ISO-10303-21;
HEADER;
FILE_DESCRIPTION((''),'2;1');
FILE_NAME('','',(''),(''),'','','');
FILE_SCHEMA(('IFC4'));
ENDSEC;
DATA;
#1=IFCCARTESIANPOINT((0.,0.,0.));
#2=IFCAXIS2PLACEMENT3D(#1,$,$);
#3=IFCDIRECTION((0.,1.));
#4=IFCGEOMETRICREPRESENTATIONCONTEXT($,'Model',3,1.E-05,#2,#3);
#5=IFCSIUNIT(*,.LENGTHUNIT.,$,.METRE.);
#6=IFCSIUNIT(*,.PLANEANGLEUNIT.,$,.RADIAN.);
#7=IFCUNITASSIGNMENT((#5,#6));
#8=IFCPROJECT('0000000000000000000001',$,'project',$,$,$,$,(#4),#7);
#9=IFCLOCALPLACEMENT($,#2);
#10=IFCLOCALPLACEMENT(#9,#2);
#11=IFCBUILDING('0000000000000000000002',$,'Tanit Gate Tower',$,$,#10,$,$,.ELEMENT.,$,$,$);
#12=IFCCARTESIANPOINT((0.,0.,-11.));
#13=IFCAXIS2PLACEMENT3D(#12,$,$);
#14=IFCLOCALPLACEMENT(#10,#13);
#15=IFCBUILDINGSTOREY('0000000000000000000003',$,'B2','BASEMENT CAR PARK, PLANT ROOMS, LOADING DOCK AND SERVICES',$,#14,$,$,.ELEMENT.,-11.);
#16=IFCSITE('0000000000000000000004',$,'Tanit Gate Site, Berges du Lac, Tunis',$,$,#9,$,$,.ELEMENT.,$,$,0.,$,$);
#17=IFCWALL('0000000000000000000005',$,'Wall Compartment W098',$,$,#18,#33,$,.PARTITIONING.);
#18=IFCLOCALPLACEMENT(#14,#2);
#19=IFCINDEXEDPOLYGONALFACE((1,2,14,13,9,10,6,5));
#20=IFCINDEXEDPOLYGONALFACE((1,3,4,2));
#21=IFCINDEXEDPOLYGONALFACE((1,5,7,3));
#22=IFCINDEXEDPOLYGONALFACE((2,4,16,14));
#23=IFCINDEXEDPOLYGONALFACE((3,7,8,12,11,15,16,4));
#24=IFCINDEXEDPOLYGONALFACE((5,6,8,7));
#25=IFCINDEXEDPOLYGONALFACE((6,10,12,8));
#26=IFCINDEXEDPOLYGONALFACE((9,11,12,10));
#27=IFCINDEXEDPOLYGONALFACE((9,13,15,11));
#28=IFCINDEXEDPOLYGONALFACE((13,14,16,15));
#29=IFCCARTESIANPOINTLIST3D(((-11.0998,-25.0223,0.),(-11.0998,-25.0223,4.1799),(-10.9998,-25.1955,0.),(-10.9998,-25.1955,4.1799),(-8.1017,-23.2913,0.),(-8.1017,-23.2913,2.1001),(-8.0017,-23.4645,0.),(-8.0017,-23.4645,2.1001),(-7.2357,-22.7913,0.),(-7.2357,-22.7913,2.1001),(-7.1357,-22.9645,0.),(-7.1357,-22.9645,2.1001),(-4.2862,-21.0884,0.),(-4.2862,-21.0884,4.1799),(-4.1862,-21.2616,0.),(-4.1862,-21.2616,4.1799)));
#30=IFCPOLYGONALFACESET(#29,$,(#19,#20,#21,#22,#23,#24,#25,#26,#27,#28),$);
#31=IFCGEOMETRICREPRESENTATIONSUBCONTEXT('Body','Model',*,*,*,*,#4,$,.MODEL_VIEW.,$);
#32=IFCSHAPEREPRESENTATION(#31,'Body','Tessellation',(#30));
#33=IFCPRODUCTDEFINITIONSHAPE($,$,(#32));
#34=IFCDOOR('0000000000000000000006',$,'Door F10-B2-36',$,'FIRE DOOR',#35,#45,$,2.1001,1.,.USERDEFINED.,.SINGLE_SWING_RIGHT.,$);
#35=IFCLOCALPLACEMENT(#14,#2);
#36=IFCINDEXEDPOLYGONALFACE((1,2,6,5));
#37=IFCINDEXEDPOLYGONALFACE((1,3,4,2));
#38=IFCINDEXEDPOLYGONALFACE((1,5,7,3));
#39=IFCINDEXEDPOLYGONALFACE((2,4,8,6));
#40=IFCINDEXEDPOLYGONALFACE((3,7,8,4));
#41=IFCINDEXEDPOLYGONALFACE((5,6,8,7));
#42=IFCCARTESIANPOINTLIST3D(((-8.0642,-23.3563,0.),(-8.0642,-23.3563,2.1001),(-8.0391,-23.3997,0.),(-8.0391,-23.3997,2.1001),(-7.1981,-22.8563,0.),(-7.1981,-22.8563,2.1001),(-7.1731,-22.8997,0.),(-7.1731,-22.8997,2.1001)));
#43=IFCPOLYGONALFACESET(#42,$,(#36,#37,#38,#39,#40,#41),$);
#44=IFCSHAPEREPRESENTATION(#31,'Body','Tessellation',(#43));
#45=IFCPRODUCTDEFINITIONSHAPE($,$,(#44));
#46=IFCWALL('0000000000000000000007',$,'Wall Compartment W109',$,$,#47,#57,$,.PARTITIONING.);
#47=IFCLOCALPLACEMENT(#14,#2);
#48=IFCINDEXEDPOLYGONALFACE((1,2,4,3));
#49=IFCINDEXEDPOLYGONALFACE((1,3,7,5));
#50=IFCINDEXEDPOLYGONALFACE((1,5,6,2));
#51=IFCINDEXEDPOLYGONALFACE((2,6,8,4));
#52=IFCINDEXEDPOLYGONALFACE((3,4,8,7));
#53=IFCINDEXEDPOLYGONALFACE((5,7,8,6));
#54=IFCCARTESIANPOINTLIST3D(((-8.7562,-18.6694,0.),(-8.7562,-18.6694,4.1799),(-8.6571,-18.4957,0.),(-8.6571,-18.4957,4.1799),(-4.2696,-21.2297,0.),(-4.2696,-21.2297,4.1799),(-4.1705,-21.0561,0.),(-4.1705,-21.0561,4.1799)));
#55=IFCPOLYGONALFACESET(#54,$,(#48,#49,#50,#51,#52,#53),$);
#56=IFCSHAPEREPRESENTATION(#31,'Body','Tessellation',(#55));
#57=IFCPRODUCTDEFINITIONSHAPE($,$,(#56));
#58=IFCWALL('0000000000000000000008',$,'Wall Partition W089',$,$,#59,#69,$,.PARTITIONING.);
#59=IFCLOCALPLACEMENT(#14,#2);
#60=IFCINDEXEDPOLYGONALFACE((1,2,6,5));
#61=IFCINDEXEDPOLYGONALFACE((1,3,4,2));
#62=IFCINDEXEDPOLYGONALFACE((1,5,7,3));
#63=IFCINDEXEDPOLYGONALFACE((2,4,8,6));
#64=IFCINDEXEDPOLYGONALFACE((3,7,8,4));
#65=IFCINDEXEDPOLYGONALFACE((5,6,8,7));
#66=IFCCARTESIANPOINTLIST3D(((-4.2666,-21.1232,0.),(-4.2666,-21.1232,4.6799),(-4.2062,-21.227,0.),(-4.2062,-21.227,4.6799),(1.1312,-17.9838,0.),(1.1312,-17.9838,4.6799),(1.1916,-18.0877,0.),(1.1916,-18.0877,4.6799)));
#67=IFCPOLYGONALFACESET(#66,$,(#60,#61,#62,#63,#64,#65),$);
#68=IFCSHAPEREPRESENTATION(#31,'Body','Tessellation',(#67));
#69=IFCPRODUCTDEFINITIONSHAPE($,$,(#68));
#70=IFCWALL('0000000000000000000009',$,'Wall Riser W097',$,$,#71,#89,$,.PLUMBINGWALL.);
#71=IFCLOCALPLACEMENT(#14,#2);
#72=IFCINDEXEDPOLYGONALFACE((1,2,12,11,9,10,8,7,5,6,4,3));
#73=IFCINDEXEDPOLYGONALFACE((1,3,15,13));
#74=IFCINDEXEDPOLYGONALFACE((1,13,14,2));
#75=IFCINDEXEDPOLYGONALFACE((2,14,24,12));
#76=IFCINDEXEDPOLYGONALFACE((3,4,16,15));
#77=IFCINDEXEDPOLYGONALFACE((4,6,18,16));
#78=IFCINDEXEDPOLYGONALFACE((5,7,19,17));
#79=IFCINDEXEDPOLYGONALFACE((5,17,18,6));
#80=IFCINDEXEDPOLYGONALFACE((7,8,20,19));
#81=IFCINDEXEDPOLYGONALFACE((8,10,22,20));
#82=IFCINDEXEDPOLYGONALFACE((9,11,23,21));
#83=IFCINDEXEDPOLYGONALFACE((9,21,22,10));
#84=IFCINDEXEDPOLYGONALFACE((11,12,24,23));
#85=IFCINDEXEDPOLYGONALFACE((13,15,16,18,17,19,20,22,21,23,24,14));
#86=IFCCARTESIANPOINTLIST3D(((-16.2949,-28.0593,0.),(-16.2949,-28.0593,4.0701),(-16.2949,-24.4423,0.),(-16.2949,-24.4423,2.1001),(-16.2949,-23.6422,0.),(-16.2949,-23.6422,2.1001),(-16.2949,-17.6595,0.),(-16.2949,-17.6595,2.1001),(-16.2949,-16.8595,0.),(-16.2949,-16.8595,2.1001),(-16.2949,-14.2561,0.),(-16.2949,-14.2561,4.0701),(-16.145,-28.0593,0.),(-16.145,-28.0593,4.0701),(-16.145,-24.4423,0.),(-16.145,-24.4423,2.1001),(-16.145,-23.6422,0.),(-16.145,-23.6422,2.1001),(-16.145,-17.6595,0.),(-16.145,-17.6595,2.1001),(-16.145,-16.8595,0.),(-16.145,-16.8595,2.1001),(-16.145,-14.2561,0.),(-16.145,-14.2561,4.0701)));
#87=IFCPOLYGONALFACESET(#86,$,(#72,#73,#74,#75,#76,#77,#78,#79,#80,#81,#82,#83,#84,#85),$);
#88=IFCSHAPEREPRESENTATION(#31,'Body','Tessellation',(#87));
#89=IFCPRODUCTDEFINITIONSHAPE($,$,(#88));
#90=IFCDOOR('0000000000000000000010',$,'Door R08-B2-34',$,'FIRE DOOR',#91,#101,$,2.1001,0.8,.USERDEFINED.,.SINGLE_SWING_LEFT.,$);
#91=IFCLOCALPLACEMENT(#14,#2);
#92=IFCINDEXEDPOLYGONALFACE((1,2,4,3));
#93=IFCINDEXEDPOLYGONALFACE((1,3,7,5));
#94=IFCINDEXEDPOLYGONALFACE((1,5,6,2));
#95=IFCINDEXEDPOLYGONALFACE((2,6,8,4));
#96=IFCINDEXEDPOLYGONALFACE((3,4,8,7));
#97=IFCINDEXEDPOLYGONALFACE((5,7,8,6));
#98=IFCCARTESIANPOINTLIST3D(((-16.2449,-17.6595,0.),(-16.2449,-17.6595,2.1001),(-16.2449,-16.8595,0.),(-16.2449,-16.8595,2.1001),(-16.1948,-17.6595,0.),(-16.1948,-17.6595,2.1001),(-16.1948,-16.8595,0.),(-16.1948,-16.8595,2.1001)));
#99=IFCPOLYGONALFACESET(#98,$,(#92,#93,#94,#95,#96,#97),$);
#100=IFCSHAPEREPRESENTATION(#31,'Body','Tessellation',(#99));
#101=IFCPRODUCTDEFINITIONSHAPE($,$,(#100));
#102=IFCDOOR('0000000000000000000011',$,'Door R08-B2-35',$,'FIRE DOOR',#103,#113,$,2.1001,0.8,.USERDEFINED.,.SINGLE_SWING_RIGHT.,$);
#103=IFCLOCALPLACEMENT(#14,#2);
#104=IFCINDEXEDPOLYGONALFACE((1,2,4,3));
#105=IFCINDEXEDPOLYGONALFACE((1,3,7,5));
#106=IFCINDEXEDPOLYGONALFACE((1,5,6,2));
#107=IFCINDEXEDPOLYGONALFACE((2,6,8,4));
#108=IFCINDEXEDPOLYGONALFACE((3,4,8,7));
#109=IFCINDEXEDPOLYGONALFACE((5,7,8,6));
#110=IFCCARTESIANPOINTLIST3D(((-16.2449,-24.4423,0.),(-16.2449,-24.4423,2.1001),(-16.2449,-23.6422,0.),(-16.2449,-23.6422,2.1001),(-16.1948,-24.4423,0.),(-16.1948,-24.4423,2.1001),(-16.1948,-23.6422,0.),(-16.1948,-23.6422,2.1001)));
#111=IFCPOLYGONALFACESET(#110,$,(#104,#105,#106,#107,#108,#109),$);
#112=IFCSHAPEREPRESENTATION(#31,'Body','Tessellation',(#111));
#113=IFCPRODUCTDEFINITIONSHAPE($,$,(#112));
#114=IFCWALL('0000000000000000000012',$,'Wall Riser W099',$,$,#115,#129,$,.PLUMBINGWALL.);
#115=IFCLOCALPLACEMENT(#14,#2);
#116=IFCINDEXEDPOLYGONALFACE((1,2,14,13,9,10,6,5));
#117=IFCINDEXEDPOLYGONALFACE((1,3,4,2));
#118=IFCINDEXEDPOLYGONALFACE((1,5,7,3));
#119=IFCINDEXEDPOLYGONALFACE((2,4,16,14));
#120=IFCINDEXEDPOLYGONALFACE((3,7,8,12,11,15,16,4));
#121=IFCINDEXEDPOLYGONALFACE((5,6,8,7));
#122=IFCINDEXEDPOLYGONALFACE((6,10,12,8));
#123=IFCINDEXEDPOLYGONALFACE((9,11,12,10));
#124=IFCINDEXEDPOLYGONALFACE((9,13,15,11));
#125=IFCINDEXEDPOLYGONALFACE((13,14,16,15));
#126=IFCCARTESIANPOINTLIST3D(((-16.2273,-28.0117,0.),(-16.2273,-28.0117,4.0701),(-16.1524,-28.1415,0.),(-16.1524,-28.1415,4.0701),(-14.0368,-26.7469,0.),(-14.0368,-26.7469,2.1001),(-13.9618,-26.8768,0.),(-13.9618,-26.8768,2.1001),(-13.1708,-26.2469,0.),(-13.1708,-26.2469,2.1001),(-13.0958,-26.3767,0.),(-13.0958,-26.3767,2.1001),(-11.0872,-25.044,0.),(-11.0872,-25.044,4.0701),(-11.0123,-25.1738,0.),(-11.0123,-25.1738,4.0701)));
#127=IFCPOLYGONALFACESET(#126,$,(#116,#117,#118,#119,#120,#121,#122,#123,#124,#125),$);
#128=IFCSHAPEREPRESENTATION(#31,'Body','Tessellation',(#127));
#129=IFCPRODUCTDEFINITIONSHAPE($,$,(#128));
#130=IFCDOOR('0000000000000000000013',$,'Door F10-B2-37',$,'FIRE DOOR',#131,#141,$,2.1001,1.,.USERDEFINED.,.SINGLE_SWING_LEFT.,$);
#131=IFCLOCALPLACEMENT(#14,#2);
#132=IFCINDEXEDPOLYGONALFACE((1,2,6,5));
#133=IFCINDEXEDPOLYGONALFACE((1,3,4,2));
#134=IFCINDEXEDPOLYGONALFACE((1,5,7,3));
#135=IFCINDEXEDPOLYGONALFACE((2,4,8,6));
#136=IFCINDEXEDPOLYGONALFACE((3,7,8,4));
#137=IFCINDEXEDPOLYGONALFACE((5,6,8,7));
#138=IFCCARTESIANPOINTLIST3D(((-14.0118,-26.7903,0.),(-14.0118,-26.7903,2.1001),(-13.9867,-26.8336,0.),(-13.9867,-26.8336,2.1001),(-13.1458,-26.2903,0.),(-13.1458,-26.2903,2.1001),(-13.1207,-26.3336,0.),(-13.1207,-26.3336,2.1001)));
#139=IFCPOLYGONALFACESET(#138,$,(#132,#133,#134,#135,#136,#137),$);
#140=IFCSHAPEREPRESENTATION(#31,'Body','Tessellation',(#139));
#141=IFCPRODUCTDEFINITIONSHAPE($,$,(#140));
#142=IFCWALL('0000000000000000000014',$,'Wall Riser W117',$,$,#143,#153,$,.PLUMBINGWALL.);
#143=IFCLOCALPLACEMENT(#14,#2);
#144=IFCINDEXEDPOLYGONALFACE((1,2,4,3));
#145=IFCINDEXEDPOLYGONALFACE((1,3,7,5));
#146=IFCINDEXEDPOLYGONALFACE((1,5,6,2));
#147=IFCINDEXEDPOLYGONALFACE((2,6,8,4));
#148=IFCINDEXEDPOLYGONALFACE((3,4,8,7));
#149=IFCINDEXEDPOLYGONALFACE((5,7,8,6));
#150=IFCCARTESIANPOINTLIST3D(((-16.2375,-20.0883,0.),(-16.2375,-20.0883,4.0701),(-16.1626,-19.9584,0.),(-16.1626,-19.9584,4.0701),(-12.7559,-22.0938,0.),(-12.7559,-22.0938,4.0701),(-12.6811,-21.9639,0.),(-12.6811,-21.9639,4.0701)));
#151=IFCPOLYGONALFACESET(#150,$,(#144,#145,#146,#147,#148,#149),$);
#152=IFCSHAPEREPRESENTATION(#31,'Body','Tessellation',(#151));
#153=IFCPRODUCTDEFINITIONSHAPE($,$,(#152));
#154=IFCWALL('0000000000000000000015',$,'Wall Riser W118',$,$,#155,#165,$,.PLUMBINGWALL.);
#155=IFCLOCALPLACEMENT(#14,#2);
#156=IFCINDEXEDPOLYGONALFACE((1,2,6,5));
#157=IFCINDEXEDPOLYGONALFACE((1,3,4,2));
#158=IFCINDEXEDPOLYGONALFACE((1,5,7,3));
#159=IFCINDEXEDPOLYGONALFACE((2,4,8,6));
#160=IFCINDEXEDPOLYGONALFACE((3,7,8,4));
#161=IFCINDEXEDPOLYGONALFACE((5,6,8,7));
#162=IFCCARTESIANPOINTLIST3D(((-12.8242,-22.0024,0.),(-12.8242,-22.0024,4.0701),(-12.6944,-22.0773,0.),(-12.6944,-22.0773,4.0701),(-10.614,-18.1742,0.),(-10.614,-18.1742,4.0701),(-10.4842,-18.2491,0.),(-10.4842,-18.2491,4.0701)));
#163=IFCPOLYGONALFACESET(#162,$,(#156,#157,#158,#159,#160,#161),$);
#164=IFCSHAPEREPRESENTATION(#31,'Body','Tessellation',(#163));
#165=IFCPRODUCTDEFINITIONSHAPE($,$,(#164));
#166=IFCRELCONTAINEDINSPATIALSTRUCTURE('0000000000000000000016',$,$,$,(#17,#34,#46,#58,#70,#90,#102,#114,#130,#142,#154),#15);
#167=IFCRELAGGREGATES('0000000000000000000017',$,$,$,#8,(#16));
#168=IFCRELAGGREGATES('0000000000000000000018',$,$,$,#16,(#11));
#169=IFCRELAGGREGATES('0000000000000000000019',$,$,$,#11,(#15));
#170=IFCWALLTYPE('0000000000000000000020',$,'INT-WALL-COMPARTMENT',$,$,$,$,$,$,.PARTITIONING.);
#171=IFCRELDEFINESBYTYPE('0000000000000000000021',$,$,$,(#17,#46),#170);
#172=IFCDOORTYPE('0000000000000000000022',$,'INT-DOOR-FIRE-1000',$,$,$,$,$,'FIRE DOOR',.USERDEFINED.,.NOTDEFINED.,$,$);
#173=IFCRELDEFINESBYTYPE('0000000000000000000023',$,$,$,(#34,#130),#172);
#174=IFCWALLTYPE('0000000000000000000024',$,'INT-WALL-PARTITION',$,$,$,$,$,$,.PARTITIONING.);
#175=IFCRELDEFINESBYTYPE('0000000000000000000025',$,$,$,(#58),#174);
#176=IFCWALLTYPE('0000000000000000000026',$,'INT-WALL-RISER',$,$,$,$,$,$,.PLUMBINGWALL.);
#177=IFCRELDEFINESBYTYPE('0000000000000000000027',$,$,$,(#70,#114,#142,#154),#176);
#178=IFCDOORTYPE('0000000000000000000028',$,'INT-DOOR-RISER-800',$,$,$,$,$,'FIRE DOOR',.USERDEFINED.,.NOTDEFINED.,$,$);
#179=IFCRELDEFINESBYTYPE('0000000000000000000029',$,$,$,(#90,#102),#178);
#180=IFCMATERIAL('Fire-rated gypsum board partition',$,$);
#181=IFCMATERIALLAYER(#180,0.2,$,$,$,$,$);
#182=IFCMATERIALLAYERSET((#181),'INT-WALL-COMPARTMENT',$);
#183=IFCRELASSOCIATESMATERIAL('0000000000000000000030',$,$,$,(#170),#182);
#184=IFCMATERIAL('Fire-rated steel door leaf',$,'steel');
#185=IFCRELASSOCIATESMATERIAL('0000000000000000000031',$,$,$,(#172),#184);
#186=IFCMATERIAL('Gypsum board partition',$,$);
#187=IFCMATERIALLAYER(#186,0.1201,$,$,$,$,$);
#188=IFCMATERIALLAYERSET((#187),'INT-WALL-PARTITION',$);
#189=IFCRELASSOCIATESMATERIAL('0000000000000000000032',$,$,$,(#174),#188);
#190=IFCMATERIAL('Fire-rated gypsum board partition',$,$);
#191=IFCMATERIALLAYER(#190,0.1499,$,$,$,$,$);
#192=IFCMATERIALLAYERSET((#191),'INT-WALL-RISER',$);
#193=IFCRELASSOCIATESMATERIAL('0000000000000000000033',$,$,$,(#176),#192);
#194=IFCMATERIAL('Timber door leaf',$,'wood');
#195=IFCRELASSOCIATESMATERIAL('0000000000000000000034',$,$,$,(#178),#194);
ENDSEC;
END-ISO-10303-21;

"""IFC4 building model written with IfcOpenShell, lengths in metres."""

from ifc_helpers import new_model, si_unit, direction, frame, frame_2d, origin, place, context, subcontext, project, spatial, rectangle, extrude, material, layer, layer_set, type_object, element, fill, save


model = new_model("IFC4")

# Units and contexts
model_context = context("Model", 3, precision=1e-05, world=origin(), true_north=direction((0.0, 1.0)))
body_context = subcontext(model_context, "Body", "Model", "MODEL_VIEW")
ifc_project = project(units=[si_unit("LENGTHUNIT", "METRE"), si_unit("PLANEANGLEUNIT", "RADIAN")], contexts=[model_context])

# Site, building, storey
site_placement = place(None, origin())
site = spatial("IfcSite", under=ifc_project, at=site_placement, Name="Tanit Gate Site, Berges du Lac, Tunis", CompositionType="ELEMENT", RefElevation=0.0)
building_placement = place(site_placement, origin())
building = spatial("IfcBuilding", under=site, at=building_placement, Name="Tanit Gate Tower", CompositionType="ELEMENT")
storey_placement = place(building_placement, frame((0.0, 0.0, -11.0)))
storey = spatial("IfcBuildingStorey", under=building, at=storey_placement, Name="B2", Description="BASEMENT CAR PARK, PLANT ROOMS, LOADING DOCK AND SERVICES", CompositionType="ELEMENT", Elevation=-11.0)

# Wall, opening, door
ifc_material_1 = material(Name="Fire-rated gypsum board partition")
ifc_layer_1 = layer(ifc_material_1, 0.2)
ifc_layer_set_1 = layer_set([ifc_layer_1], Name="INT-WALL-COMPARTMENT")
wall_type_1 = type_object("IfcWallType", Name="INT-WALL-COMPARTMENT", PredefinedType="PARTITIONING", material=ifc_layer_set_1)
wall_1_placement = place(storey_placement, frame((-11.0498, -25.1089, 0.0), z_axis=(0.0, 0.0, 1.0), x_axis=(0.866021, 0.500007, 0.0)))
wall_1 = element("IfcWall", 1, at=wall_1_placement, inside=storey, type_object=wall_type_1, Name="Wall Compartment W098", PredefinedType="PARTITIONING", context=body_context, shape_type="SweptSolid", body=[
    extrude(rectangle(XDim=7.8677, YDim=0.2, at=frame_2d((3.9338, 0.0))), origin(), (0.0, 0.0, 1.0), 4.1799),
])
opening_1_placement = place(wall_1_placement, frame((3.4619, 0.0, 0.0)))
opening_1 = element("IfcOpeningElement", 2, at=opening_1_placement, cuts=wall_1, PredefinedType="OPENING", context=body_context, shape_type="SweptSolid", body=[
    extrude(rectangle(XDim=1.0, YDim=2.1001, at=frame_2d((0.5, 1.05))), frame((0.0, 0.1099, 0.0), z_axis=(0.0, -1.0, 0.0), x_axis=(1.0, 0.0, 0.0)), (0.0, 0.0, 1.0), 0.22),
])
ifc_material_2 = material(Name="Fire-rated steel door leaf", Category="steel")
door_type_1 = type_object("IfcDoorType", Name="INT-DOOR-FIRE-1000", ElementType="FIRE DOOR", OperationType="NOTDEFINED", PredefinedType="USERDEFINED", material=ifc_material_2)
door_1_placement = place(opening_1_placement, origin())
door_1 = element("IfcDoor", 3, at=door_1_placement, inside=storey, type_object=door_type_1, Name="Door F10-B2-36", ObjectType="FIRE DOOR", OperationType="SINGLE_SWING_RIGHT", OverallHeight=2.1001, OverallWidth=1.0, PredefinedType="USERDEFINED", context=body_context, shape_type="SweptSolid", body=[
    extrude(rectangle(XDim=1.0, YDim=2.1001, at=frame_2d((0.5, 1.05))), frame((0.0, 0.0249, 0.0), z_axis=(0.0, -1.0, 0.0), x_axis=(1.0, 0.0, 0.0)), (0.0, 0.0, 1.0), 0.05),
])
fill(opening_1, door_1)

# Walls
wall_2_placement = place(storey_placement, frame((-8.7068, -18.5825, 0.0), z_axis=(0.0, 0.0, 1.0), x_axis=(0.868531, -0.495635, 0.0)))
element("IfcWall", 4, at=wall_2_placement, inside=storey, type_object=wall_type_1, Name="Wall Compartment W109", PredefinedType="PARTITIONING", context=body_context, shape_type="SweptSolid", body=[
    extrude(rectangle(XDim=5.1658, YDim=0.2, at=frame_2d((2.583, 0.0))), origin(), (0.0, 0.0, 1.0), 4.1799),
])
ifc_material_3 = material(Name="Gypsum board partition")
ifc_layer_2 = layer(ifc_material_3, 0.1201)
ifc_layer_set_2 = layer_set([ifc_layer_2], Name="INT-WALL-PARTITION")
wall_type_2 = type_object("IfcWallType", Name="INT-WALL-PARTITION", PredefinedType="PARTITIONING", material=ifc_layer_set_2)
wall_3_placement = place(storey_placement, frame((-4.2363, -21.175, 0.0), z_axis=(0.0, 0.0, 1.0), x_axis=(0.864433, 0.502748, 0.0)))
element("IfcWall", 5, at=wall_3_placement, inside=storey, type_object=wall_type_2, Name="Wall Partition W089", PredefinedType="PARTITIONING", context=body_context, shape_type="SweptSolid", body=[
    extrude(rectangle(XDim=6.2444, YDim=0.1201, at=frame_2d((3.1221, 0.0))), origin(), (0.0, 0.0, 1.0), 4.6799),
])

# Wall, openings, doors
ifc_material_4 = material(Name="Fire-rated gypsum board partition")
ifc_layer_3 = layer(ifc_material_4, 0.1499)
ifc_layer_set_3 = layer_set([ifc_layer_3], Name="INT-WALL-RISER")
wall_type_3 = type_object("IfcWallType", Name="INT-WALL-RISER", PredefinedType="PLUMBINGWALL", material=ifc_layer_set_3)
wall_4_placement = place(storey_placement, frame((-16.22, -28.0593, 0.0), z_axis=(0.0, 0.0, 1.0), x_axis=(0.0, 1.0, 0.0)))
wall_4 = element("IfcWall", 6, at=wall_4_placement, inside=storey, type_object=wall_type_3, Name="Wall Riser W097", PredefinedType="PLUMBINGWALL", context=body_context, shape_type="SweptSolid", body=[
    extrude(rectangle(XDim=13.8032, YDim=0.1499, at=frame_2d((6.9016, 0.0))), origin(), (0.0, 0.0, 1.0), 4.0701),
])
opening_2_placement = place(wall_4_placement, frame((10.3999, 0.0, 0.0)))
opening_2 = element("IfcOpeningElement", 7, at=opening_2_placement, cuts=wall_4, PredefinedType="OPENING", context=body_context, shape_type="SweptSolid", body=[
    extrude(rectangle(XDim=0.8, YDim=2.1001, at=frame_2d((0.3999, 1.05))), frame((0.0, 0.085, 0.0), z_axis=(0.0, -1.0, 0.0), x_axis=(1.0, 0.0, 0.0)), (0.0, 0.0, 1.0), 0.1699),
])
opening_3_placement = place(wall_4_placement, frame((3.6172, 0.0, 0.0)))
opening_3 = element("IfcOpeningElement", 8, at=opening_3_placement, cuts=wall_4, PredefinedType="OPENING", context=body_context, shape_type="SweptSolid", body=[
    extrude(rectangle(XDim=0.8, YDim=2.1001, at=frame_2d((0.3999, 1.05))), frame((0.0, 0.085, 0.0), z_axis=(0.0, -1.0, 0.0), x_axis=(1.0, 0.0, 0.0)), (0.0, 0.0, 1.0), 0.1699),
])
ifc_material_5 = material(Name="Timber door leaf", Category="wood")
door_type_2 = type_object("IfcDoorType", Name="INT-DOOR-RISER-800", ElementType="FIRE DOOR", OperationType="NOTDEFINED", PredefinedType="USERDEFINED", material=ifc_material_5)
door_2_placement = place(opening_2_placement, origin())
door_2 = element("IfcDoor", 9, at=door_2_placement, inside=storey, type_object=door_type_2, Name="Door R08-B2-34", ObjectType="FIRE DOOR", OperationType="SINGLE_SWING_LEFT", OverallHeight=2.1001, OverallWidth=0.8, PredefinedType="USERDEFINED", context=body_context, shape_type="SweptSolid", body=[
    extrude(rectangle(XDim=0.8, YDim=2.1001, at=frame_2d((0.3999, 1.05))), frame((0.0, 0.0249, 0.0), z_axis=(0.0, -1.0, 0.0), x_axis=(1.0, 0.0, 0.0)), (0.0, 0.0, 1.0), 0.05),
])
fill(opening_2, door_2)
door_3_placement = place(opening_3_placement, origin())
door_3 = element("IfcDoor", 10, at=door_3_placement, inside=storey, type_object=door_type_2, Name="Door R08-B2-35", ObjectType="FIRE DOOR", OperationType="SINGLE_SWING_RIGHT", OverallHeight=2.1001, OverallWidth=0.8, PredefinedType="USERDEFINED", context=body_context, shape_type="SweptSolid", body=[
    extrude(rectangle(XDim=0.8, YDim=2.1001, at=frame_2d((0.3999, 1.05))), frame((0.0, 0.0249, 0.0), z_axis=(0.0, -1.0, 0.0), x_axis=(1.0, 0.0, 0.0)), (0.0, 0.0, 1.0), 0.05),
])
fill(opening_3, door_3)

# Wall, opening, door
wall_5_placement = place(storey_placement, frame((-16.1899, -28.0767, 0.0), z_axis=(0.0, 0.0, 1.0), x_axis=(0.866017, 0.500014, 0.0)))
wall_5 = element("IfcWall", 11, at=wall_5_placement, inside=storey, type_object=wall_type_3, Name="Wall Riser W099", PredefinedType="PLUMBINGWALL", context=body_context, shape_type="SweptSolid", body=[
    extrude(rectangle(XDim=5.9353, YDim=0.1499, at=frame_2d((2.9678, 0.0))), origin(), (0.0, 0.0, 1.0), 4.0701),
])
opening_4_placement = place(wall_5_placement, frame((2.5295, 0.0, 0.0)))
opening_4 = element("IfcOpeningElement", 12, at=opening_4_placement, cuts=wall_5, PredefinedType="OPENING", context=body_context, shape_type="SweptSolid", body=[
    extrude(rectangle(XDim=1.0, YDim=2.1001, at=frame_2d((0.5, 1.05))), frame((0.0, 0.085, 0.0), z_axis=(0.0, -1.0, 0.0), x_axis=(1.0, 0.0, 0.0)), (0.0, 0.0, 1.0), 0.1699),
])
door_4_placement = place(opening_4_placement, origin())
door_4 = element("IfcDoor", 13, at=door_4_placement, inside=storey, type_object=door_type_1, Name="Door F10-B2-37", ObjectType="FIRE DOOR", OperationType="SINGLE_SWING_LEFT", OverallHeight=2.1001, OverallWidth=1.0, PredefinedType="USERDEFINED", context=body_context, shape_type="SweptSolid", body=[
    extrude(rectangle(XDim=1.0, YDim=2.1001, at=frame_2d((0.5, 1.05))), frame((0.0, 0.0249, 0.0), z_axis=(0.0, -1.0, 0.0), x_axis=(1.0, 0.0, 0.0)), (0.0, 0.0, 1.0), 0.05),
])
fill(opening_4, door_4)

# Walls
wall_6_placement = place(storey_placement, frame((-16.2, -20.0234, 0.0), z_axis=(0.0, 0.0, 1.0), x_axis=(0.866525, -0.499133, 0.0)))
element("IfcWall", 14, at=wall_6_placement, inside=storey, type_object=wall_type_3, Name="Wall Riser W117", PredefinedType="PLUMBINGWALL", context=body_context, shape_type="SweptSolid", body=[
    extrude(rectangle(XDim=4.0178, YDim=0.1499, at=frame_2d((2.0088, 0.0))), origin(), (0.0, 0.0, 1.0), 4.0701),
])
wall_7_placement = place(storey_placement, frame((-10.5491, -18.2117, 0.0), z_axis=(0.0, 0.0, 1.0), x_axis=(-0.500006, -0.866022, 0.0)))
element("IfcWall", 15, at=wall_7_placement, inside=storey, type_object=wall_type_3, Name="Wall Riser W118", PredefinedType="PLUMBINGWALL", context=body_context, shape_type="SweptSolid", body=[
    extrude(rectangle(XDim=4.4204, YDim=0.1499, at=frame_2d((2.2102, 0.0))), origin(), (0.0, 0.0, 1.0), 4.0701),
])

save(model, "model.ifc")
